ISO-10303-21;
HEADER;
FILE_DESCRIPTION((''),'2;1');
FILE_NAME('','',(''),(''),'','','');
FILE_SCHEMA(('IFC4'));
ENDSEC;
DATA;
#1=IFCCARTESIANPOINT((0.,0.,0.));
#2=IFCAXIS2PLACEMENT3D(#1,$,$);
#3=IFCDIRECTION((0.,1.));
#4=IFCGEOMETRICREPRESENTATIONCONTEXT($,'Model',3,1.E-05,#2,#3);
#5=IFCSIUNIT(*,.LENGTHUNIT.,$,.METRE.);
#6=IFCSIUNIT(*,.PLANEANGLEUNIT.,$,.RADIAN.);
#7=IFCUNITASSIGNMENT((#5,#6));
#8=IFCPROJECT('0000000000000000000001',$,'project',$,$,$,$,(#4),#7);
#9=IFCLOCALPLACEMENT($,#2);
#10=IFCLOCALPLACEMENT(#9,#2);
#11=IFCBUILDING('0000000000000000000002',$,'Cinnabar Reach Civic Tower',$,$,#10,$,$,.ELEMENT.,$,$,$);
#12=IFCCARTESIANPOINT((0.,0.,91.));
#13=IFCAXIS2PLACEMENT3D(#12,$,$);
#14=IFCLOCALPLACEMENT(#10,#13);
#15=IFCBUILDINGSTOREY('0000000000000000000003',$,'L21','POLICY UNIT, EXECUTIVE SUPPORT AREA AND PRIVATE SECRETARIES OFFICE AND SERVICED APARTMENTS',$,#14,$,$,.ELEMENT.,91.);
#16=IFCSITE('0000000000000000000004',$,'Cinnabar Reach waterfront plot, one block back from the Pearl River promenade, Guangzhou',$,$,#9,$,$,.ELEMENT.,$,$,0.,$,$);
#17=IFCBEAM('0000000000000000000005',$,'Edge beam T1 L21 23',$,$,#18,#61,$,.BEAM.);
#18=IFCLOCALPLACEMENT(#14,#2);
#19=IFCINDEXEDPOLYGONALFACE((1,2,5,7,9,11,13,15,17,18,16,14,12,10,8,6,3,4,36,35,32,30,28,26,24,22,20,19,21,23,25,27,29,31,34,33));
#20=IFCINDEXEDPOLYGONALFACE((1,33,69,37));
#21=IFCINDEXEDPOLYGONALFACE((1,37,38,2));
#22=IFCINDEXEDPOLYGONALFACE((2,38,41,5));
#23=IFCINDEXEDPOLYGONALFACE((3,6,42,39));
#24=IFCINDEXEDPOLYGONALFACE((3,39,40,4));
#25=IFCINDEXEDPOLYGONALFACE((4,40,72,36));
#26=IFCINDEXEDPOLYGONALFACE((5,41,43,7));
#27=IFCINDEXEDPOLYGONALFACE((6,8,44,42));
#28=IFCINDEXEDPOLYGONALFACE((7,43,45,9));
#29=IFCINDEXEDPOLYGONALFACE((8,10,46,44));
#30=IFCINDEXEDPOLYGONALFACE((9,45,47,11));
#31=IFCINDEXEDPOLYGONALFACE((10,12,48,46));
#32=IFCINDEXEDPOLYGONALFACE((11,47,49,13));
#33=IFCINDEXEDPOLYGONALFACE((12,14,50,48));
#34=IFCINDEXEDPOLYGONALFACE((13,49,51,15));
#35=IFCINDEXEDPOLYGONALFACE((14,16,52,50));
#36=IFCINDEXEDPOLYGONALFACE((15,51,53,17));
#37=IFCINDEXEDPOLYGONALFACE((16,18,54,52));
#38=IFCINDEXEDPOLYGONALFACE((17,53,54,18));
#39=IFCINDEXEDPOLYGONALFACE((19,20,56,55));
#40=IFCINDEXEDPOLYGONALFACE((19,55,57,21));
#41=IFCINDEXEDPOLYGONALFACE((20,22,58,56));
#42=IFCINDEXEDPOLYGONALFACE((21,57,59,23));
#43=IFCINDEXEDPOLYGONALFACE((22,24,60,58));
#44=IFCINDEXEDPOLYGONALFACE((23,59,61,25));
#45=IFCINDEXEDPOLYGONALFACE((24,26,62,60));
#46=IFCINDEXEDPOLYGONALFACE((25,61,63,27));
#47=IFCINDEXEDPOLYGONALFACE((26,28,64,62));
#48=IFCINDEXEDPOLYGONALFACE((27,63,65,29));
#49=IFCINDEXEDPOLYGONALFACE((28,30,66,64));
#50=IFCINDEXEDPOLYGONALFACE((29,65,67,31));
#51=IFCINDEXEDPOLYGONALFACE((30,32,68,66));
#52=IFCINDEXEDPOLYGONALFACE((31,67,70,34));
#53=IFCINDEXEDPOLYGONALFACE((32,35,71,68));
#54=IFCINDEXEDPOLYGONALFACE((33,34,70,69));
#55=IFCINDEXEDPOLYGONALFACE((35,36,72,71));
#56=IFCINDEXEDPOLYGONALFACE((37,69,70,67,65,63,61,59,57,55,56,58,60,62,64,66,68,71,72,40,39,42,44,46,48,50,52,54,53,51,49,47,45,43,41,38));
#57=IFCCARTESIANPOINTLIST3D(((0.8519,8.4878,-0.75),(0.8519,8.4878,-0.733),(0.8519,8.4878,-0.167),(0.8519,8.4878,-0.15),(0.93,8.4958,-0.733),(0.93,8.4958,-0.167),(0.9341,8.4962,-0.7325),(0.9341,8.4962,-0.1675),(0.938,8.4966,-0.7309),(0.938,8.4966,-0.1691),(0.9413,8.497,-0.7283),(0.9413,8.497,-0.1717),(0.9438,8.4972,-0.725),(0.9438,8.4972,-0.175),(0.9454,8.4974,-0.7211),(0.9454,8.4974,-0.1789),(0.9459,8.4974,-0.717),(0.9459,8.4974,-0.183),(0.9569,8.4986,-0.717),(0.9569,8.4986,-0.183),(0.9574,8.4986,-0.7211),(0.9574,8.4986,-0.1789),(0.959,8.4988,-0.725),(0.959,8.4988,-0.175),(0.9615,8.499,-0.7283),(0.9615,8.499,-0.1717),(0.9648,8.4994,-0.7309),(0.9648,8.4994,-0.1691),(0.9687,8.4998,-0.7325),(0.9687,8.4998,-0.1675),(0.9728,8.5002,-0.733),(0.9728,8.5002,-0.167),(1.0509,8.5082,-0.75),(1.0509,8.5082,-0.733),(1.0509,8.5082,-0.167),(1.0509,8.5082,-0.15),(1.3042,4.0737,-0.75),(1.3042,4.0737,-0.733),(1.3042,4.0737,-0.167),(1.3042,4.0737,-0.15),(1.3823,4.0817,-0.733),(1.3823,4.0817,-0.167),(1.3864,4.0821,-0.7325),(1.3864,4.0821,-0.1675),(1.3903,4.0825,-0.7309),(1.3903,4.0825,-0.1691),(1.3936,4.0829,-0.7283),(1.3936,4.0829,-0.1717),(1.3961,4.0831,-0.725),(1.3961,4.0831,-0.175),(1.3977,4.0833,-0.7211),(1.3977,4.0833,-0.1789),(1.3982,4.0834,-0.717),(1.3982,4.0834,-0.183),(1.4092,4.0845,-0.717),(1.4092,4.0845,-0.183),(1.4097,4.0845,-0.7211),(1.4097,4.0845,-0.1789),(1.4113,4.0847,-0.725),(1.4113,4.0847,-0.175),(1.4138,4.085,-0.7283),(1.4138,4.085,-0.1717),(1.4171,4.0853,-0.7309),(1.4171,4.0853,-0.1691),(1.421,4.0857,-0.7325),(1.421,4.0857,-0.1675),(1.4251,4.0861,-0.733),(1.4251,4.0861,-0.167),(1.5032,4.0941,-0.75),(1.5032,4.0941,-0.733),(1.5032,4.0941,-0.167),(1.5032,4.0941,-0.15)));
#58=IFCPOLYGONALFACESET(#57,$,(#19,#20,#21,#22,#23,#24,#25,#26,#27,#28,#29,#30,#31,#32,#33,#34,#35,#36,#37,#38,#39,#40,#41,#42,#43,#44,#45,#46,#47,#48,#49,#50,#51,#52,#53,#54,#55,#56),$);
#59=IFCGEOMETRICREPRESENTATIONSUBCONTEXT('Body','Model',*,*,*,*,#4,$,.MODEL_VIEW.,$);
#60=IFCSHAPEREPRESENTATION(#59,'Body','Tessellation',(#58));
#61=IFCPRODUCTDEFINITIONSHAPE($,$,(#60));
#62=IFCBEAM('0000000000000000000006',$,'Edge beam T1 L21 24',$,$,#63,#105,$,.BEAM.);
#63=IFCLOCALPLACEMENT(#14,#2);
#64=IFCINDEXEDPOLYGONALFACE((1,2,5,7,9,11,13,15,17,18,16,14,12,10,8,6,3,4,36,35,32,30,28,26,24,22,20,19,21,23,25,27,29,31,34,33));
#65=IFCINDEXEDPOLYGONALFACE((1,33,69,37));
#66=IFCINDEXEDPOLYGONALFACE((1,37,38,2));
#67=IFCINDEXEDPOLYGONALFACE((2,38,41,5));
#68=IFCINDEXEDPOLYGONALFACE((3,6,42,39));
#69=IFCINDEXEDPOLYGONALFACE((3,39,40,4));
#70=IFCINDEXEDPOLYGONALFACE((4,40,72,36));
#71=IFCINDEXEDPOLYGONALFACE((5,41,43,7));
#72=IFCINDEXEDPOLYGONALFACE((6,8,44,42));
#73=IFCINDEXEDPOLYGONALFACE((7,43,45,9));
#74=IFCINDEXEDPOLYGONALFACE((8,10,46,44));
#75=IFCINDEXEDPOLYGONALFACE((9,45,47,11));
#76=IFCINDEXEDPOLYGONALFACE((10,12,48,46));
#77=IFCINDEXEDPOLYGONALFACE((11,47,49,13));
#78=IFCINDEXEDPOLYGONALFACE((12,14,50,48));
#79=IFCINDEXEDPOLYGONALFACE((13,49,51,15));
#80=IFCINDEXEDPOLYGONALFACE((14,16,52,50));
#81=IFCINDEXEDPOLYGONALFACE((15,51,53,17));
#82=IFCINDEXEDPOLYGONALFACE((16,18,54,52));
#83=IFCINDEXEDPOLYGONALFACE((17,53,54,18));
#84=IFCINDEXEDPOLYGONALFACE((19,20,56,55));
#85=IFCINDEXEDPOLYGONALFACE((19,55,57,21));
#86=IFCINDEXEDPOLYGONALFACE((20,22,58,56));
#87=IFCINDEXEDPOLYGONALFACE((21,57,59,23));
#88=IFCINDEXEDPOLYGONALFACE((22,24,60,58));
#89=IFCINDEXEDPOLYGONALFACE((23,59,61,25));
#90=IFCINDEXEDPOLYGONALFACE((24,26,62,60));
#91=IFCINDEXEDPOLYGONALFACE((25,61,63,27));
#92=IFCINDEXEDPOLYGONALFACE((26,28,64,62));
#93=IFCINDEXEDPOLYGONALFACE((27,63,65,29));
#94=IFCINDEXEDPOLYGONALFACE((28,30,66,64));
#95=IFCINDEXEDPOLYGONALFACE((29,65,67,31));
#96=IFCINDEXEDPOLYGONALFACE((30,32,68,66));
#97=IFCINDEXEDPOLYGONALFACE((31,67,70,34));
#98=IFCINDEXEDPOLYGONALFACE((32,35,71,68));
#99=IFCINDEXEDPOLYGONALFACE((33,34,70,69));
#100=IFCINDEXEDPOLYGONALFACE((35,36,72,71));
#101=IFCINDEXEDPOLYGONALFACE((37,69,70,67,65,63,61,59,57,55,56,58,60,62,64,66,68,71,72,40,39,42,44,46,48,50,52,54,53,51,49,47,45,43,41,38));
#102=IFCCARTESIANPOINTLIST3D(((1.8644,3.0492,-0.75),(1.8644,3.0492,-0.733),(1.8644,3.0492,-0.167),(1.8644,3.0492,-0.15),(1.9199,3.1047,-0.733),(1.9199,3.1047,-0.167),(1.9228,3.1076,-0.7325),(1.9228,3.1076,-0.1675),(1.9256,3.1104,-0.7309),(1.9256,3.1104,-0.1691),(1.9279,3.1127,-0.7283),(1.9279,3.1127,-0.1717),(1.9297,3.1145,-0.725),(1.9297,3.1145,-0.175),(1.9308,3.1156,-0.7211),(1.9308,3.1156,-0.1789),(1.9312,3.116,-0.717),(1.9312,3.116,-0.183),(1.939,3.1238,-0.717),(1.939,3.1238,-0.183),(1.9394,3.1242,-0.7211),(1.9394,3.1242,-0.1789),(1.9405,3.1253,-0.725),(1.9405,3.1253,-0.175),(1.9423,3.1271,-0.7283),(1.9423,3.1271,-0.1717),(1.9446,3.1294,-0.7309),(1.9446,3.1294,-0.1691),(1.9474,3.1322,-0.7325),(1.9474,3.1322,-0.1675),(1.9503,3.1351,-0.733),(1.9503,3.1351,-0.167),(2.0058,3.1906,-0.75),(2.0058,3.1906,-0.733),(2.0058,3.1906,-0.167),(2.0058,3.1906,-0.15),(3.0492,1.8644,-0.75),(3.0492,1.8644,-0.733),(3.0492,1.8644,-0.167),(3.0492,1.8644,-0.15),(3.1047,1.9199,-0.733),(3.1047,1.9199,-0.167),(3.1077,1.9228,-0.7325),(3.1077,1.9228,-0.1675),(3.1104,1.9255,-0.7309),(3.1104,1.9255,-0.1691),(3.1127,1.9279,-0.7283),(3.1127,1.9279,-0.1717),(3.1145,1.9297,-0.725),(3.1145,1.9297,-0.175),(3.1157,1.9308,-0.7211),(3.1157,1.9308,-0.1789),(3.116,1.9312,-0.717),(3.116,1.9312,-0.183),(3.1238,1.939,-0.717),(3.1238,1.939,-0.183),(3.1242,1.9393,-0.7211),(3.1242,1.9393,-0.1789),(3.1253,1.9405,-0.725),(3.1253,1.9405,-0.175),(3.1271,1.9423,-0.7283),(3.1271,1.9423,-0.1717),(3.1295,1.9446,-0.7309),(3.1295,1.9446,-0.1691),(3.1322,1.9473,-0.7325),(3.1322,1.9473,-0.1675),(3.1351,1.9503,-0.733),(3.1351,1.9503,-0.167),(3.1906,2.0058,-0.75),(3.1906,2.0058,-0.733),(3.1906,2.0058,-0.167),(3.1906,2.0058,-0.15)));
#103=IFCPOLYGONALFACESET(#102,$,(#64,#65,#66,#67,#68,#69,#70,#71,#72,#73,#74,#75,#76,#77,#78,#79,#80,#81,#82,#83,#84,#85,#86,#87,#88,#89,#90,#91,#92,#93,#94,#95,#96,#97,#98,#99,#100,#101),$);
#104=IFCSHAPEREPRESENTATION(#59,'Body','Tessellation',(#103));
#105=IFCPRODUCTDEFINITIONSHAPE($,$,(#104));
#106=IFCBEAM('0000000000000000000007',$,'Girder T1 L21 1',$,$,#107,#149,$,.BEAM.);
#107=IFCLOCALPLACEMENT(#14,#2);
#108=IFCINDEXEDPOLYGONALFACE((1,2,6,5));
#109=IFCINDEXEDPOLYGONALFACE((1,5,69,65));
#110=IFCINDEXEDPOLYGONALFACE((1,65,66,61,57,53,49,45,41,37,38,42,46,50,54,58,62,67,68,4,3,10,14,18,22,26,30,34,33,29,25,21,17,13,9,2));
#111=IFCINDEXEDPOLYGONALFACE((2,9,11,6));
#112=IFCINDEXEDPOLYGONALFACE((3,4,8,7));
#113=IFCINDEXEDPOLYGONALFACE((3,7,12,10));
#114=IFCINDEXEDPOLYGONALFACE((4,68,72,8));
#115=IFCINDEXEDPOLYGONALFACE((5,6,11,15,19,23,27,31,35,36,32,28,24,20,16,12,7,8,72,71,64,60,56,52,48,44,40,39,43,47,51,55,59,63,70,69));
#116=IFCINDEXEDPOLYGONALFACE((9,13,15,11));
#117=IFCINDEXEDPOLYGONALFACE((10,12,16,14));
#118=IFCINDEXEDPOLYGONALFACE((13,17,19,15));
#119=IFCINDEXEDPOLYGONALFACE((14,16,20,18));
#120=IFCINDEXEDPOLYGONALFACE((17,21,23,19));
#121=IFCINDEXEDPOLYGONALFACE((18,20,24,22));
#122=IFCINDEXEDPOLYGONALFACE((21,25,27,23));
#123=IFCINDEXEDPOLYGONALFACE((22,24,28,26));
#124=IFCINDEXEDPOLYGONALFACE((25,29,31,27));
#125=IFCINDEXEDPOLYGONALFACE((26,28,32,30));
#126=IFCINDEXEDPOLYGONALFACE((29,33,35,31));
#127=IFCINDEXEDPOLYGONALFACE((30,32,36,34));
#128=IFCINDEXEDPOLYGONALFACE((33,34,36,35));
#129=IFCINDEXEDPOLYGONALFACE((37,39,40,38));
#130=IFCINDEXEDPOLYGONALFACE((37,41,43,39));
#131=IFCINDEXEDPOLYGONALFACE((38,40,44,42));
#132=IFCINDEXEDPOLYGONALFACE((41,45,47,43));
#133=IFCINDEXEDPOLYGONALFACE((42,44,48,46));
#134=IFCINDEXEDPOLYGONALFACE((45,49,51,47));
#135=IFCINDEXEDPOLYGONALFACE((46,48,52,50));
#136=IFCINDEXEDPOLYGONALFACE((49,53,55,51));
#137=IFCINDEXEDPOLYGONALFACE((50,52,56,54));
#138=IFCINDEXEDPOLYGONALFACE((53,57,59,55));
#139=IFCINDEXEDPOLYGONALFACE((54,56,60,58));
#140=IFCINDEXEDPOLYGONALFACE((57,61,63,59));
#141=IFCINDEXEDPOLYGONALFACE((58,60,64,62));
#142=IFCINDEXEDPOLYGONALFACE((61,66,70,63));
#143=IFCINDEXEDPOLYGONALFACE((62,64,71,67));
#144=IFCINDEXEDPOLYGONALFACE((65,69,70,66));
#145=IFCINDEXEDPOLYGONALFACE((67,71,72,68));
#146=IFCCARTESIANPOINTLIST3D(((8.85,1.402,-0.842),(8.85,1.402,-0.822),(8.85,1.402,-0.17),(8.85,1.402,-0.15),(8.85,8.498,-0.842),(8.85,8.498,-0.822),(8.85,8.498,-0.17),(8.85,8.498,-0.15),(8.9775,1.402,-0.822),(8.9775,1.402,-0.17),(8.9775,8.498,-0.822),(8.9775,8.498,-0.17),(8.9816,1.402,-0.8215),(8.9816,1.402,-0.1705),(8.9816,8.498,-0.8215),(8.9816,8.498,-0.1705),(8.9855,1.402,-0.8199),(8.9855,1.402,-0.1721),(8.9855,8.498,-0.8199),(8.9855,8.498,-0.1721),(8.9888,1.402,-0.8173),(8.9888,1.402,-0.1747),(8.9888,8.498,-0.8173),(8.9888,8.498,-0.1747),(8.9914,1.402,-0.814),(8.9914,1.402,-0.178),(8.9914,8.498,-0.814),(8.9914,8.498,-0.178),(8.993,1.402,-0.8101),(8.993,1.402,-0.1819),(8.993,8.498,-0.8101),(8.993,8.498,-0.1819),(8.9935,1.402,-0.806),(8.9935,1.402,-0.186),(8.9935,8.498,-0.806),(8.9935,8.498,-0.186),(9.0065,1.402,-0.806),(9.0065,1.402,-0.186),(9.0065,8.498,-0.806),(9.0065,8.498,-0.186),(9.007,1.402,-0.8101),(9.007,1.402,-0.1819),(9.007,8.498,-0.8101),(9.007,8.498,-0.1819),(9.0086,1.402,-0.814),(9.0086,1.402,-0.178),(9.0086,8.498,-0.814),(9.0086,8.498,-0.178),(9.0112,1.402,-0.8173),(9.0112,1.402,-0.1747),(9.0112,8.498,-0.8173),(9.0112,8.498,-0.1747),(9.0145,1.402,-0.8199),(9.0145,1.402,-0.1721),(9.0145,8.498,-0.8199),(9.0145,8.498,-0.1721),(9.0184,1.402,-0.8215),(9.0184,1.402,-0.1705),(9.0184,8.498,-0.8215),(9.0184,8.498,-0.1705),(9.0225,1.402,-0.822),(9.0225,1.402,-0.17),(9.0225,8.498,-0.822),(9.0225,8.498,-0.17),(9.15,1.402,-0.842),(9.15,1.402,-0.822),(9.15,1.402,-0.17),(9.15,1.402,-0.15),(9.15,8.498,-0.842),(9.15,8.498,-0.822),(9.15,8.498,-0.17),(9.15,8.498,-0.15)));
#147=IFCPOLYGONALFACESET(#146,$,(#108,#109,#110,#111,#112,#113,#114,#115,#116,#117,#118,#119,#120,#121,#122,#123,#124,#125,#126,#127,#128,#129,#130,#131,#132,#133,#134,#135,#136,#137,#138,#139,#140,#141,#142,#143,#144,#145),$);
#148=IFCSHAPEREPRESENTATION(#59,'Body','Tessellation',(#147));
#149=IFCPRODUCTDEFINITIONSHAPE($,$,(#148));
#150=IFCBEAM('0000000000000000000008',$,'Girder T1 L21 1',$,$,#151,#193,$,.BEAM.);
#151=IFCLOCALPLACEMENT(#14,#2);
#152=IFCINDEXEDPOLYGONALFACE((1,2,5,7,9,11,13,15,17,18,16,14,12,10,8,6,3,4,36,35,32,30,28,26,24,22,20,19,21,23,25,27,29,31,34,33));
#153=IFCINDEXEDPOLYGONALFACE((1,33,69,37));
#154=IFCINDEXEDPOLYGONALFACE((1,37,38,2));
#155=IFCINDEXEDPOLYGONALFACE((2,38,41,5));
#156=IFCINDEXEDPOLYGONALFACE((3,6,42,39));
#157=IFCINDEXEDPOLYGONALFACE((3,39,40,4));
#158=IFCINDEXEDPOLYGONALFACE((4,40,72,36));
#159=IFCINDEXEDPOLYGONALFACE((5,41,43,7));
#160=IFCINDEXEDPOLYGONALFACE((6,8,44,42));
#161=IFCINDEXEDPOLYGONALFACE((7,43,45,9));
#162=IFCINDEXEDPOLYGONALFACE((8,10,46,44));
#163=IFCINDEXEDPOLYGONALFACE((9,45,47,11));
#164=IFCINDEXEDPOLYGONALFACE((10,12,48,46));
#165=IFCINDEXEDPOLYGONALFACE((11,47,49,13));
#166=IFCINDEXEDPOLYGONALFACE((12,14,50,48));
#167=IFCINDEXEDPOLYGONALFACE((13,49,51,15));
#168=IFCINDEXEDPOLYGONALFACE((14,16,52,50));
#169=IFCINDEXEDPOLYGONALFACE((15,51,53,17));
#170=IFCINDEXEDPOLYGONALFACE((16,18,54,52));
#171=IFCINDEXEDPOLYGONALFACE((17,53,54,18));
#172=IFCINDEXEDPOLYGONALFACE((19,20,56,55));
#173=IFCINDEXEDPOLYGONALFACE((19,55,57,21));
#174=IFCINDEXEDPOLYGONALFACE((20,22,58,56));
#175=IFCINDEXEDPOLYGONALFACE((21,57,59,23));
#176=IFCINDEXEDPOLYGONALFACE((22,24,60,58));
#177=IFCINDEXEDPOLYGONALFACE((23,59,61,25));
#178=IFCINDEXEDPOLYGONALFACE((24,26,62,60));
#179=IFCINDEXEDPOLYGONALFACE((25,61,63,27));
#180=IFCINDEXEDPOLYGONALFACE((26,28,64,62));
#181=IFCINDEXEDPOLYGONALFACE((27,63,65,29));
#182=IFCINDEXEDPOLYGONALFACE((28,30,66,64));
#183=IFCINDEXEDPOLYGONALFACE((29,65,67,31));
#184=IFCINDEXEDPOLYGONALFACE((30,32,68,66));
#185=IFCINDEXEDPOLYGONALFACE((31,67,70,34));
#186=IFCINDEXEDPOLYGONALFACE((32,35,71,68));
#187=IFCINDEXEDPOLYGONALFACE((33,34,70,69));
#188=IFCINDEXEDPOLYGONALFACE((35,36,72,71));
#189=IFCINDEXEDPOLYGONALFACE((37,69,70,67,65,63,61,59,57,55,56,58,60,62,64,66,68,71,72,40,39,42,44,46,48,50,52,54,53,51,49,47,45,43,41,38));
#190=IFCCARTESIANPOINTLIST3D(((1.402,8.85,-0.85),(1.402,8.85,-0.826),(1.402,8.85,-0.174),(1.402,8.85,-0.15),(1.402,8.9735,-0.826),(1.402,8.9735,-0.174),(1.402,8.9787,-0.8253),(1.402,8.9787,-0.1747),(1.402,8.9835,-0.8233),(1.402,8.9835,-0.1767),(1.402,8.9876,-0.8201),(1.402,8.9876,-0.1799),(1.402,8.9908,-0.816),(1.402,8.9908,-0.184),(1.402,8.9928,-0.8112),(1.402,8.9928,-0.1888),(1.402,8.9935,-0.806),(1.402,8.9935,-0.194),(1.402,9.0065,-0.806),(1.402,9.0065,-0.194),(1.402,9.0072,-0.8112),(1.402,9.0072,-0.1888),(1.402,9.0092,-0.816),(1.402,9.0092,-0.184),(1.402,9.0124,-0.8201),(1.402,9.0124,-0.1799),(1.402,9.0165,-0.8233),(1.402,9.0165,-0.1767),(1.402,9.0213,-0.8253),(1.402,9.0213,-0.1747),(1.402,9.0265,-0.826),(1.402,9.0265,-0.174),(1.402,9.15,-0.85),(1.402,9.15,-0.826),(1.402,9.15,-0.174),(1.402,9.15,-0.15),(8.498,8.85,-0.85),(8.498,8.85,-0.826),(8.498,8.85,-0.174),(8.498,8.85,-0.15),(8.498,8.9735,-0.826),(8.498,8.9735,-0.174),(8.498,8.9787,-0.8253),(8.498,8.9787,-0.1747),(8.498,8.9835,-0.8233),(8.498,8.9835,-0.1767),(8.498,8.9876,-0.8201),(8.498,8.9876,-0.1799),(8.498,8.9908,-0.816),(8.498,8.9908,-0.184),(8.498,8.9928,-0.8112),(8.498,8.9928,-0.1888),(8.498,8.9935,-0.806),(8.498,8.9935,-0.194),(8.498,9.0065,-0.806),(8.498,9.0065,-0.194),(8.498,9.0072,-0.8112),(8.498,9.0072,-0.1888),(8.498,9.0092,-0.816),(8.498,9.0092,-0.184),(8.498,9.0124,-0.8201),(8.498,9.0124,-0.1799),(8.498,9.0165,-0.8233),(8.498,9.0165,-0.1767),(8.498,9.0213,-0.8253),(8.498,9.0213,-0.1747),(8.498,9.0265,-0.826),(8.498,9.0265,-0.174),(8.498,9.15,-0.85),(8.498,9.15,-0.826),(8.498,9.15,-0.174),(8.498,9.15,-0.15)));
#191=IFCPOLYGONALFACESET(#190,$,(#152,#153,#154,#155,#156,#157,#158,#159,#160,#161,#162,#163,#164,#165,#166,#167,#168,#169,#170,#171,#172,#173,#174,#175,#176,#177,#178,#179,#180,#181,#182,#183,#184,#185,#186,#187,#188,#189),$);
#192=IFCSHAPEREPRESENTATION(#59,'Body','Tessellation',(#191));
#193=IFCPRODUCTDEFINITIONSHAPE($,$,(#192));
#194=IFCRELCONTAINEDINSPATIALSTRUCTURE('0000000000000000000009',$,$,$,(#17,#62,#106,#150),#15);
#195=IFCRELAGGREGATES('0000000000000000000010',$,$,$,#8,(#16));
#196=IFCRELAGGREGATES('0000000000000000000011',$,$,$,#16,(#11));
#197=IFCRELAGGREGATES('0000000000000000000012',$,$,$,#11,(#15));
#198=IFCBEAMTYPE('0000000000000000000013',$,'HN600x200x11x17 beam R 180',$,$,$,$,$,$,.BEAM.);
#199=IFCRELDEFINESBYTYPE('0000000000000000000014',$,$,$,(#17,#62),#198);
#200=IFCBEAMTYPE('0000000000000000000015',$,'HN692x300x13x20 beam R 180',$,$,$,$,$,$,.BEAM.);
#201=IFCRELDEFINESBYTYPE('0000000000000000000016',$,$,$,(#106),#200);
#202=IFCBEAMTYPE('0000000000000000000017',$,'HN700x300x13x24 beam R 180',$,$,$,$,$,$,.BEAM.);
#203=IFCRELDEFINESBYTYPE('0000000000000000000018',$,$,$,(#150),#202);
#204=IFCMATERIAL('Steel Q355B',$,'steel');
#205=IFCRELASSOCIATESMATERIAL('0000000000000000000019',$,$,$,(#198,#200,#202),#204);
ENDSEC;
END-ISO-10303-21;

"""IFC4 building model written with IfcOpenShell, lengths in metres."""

from ifc_helpers import new_model, si_unit, direction, frame, origin, origin_2d, place, context, subcontext, project, spatial, i_section, extrude, material, material_profile, profile_set, type_object, element, save


model = new_model("IFC4")

# Units and contexts
model_context = context("Model", 3, precision=1e-05, world=origin(), true_north=direction((0.0, 1.0)))
body_context = subcontext(model_context, "Body", "Model", "MODEL_VIEW")
ifc_project = project(units=[si_unit("LENGTHUNIT", "METRE"), si_unit("PLANEANGLEUNIT", "RADIAN")], contexts=[model_context])

# Site, building, storey
site_placement = place(None, origin())
site = spatial("IfcSite", under=ifc_project, at=site_placement, Name="Cinnabar Reach waterfront plot, one block back from the Pearl River promenade, Guangzhou", CompositionType="ELEMENT", RefElevation=0.0)
building_placement = place(site_placement, origin())
building = spatial("IfcBuilding", under=site, at=building_placement, Name="Cinnabar Reach Civic Tower", CompositionType="ELEMENT")
storey_placement = place(building_placement, frame((0.0, 0.0, 91.0)))
storey = spatial("IfcBuildingStorey", under=building, at=storey_placement, Name="L21", Description="POLICY UNIT, EXECUTIVE SUPPORT AREA AND PRIVATE SECRETARIES OFFICE AND SERVICED APARTMENTS", CompositionType="ELEMENT", Elevation=91.0)

# Beams
ifc_material_1 = material(Name="Steel Q355B", Category="steel")
ifc_material_profile_1 = material_profile(ifc_material_1, i_section(OverallWidth=0.2, OverallDepth=0.6, WebThickness=0.011, FlangeThickness=0.017, FilletRadius=0.016, at=origin_2d()), Name="HN600x200x11x17")
ifc_profile_set_1 = profile_set([ifc_material_profile_1], Name="Steel Q355B")
beam_type_1 = type_object("IfcBeamType", Name="HN600x200x11x17 beam R 180", PredefinedType="BEAM", material=ifc_profile_set_1)
for number, where, z_axis, x_axis, name in (
    (1, (0.9514, 8.498, -0.45), (0.101933, -0.994791, 0.0), (0.994791, 0.101933, 0.0), "Edge beam T1 L21 23"),
):
    element("IfcBeam", number, at=place(storey_placement, frame(where, z_axis=z_axis, x_axis=x_axis)), inside=storey, type_object=beam_type_1, Name=name, PredefinedType="BEAM", context=body_context, shape_type="SweptSolid", body=[
        extrude(i_section(OverallWidth=0.2, OverallDepth=0.6, WebThickness=0.011, FlangeThickness=0.017, FilletRadius=0.016, at=origin_2d()), origin(), (0.0, 0.0, 1.0), 4.4372),
    ])
beam_1_placement = place(storey_placement, frame((1.9351, 3.1199, -0.45), z_axis=(0.707107, -0.707107, 0.0), x_axis=(0.707107, 0.707107, 0.0)))
element("IfcBeam", 2, at=beam_1_placement, inside=storey, type_object=beam_type_1, Name="Edge beam T1 L21 24", PredefinedType="BEAM", context=body_context, shape_type="SweptSolid", body=[
    extrude(i_section(OverallWidth=0.2, OverallDepth=0.6, WebThickness=0.011, FlangeThickness=0.017, FilletRadius=0.016, at=origin_2d()), origin(), (0.0, 0.0, 1.0), 1.6756),
])
ifc_material_profile_2 = material_profile(ifc_material_1, i_section(OverallWidth=0.3, OverallDepth=0.692, WebThickness=0.013, FlangeThickness=0.02, FilletRadius=0.016, at=origin_2d()), Name="HN692x300x13x20")
ifc_profile_set_2 = profile_set([ifc_material_profile_2], Name="Steel Q355B")
beam_type_2 = type_object("IfcBeamType", Name="HN692x300x13x20 beam R 180", PredefinedType="BEAM", material=ifc_profile_set_2)
beam_2_placement = place(storey_placement, frame((9.0, 1.402, -0.496), z_axis=(0.0, 1.0, 0.0), x_axis=(-1.0, 0.0, 0.0)))
element("IfcBeam", 3, at=beam_2_placement, inside=storey, type_object=beam_type_2, Name="Girder T1 L21 1", PredefinedType="BEAM", context=body_context, shape_type="SweptSolid", body=[
    extrude(i_section(OverallWidth=0.3, OverallDepth=0.692, WebThickness=0.013, FlangeThickness=0.02, FilletRadius=0.016, at=origin_2d()), origin(), (0.0, 0.0, 1.0), 7.096),
])
ifc_material_profile_3 = material_profile(ifc_material_1, i_section(OverallWidth=0.3, OverallDepth=0.7, WebThickness=0.013, FlangeThickness=0.024, FilletRadius=0.02, at=origin_2d()), Name="HN700x300x13x24")
ifc_profile_set_3 = profile_set([ifc_material_profile_3], Name="Steel Q355B")
beam_type_3 = type_object("IfcBeamType", Name="HN700x300x13x24 beam R 180", PredefinedType="BEAM", material=ifc_profile_set_3)
beam_3_placement = place(storey_placement, frame((1.402, 9.0, -0.5), z_axis=(1.0, 0.0, 0.0), x_axis=(0.0, 1.0, 0.0)))
element("IfcBeam", 4, at=beam_3_placement, inside=storey, type_object=beam_type_3, Name="Girder T1 L21 1", PredefinedType="BEAM", context=body_context, shape_type="SweptSolid", body=[
    extrude(i_section(OverallWidth=0.3, OverallDepth=0.7, WebThickness=0.013, FlangeThickness=0.024, FilletRadius=0.02, at=origin_2d()), origin(), (0.0, 0.0, 1.0), 7.096),
])

save(model, "model.ifc")
